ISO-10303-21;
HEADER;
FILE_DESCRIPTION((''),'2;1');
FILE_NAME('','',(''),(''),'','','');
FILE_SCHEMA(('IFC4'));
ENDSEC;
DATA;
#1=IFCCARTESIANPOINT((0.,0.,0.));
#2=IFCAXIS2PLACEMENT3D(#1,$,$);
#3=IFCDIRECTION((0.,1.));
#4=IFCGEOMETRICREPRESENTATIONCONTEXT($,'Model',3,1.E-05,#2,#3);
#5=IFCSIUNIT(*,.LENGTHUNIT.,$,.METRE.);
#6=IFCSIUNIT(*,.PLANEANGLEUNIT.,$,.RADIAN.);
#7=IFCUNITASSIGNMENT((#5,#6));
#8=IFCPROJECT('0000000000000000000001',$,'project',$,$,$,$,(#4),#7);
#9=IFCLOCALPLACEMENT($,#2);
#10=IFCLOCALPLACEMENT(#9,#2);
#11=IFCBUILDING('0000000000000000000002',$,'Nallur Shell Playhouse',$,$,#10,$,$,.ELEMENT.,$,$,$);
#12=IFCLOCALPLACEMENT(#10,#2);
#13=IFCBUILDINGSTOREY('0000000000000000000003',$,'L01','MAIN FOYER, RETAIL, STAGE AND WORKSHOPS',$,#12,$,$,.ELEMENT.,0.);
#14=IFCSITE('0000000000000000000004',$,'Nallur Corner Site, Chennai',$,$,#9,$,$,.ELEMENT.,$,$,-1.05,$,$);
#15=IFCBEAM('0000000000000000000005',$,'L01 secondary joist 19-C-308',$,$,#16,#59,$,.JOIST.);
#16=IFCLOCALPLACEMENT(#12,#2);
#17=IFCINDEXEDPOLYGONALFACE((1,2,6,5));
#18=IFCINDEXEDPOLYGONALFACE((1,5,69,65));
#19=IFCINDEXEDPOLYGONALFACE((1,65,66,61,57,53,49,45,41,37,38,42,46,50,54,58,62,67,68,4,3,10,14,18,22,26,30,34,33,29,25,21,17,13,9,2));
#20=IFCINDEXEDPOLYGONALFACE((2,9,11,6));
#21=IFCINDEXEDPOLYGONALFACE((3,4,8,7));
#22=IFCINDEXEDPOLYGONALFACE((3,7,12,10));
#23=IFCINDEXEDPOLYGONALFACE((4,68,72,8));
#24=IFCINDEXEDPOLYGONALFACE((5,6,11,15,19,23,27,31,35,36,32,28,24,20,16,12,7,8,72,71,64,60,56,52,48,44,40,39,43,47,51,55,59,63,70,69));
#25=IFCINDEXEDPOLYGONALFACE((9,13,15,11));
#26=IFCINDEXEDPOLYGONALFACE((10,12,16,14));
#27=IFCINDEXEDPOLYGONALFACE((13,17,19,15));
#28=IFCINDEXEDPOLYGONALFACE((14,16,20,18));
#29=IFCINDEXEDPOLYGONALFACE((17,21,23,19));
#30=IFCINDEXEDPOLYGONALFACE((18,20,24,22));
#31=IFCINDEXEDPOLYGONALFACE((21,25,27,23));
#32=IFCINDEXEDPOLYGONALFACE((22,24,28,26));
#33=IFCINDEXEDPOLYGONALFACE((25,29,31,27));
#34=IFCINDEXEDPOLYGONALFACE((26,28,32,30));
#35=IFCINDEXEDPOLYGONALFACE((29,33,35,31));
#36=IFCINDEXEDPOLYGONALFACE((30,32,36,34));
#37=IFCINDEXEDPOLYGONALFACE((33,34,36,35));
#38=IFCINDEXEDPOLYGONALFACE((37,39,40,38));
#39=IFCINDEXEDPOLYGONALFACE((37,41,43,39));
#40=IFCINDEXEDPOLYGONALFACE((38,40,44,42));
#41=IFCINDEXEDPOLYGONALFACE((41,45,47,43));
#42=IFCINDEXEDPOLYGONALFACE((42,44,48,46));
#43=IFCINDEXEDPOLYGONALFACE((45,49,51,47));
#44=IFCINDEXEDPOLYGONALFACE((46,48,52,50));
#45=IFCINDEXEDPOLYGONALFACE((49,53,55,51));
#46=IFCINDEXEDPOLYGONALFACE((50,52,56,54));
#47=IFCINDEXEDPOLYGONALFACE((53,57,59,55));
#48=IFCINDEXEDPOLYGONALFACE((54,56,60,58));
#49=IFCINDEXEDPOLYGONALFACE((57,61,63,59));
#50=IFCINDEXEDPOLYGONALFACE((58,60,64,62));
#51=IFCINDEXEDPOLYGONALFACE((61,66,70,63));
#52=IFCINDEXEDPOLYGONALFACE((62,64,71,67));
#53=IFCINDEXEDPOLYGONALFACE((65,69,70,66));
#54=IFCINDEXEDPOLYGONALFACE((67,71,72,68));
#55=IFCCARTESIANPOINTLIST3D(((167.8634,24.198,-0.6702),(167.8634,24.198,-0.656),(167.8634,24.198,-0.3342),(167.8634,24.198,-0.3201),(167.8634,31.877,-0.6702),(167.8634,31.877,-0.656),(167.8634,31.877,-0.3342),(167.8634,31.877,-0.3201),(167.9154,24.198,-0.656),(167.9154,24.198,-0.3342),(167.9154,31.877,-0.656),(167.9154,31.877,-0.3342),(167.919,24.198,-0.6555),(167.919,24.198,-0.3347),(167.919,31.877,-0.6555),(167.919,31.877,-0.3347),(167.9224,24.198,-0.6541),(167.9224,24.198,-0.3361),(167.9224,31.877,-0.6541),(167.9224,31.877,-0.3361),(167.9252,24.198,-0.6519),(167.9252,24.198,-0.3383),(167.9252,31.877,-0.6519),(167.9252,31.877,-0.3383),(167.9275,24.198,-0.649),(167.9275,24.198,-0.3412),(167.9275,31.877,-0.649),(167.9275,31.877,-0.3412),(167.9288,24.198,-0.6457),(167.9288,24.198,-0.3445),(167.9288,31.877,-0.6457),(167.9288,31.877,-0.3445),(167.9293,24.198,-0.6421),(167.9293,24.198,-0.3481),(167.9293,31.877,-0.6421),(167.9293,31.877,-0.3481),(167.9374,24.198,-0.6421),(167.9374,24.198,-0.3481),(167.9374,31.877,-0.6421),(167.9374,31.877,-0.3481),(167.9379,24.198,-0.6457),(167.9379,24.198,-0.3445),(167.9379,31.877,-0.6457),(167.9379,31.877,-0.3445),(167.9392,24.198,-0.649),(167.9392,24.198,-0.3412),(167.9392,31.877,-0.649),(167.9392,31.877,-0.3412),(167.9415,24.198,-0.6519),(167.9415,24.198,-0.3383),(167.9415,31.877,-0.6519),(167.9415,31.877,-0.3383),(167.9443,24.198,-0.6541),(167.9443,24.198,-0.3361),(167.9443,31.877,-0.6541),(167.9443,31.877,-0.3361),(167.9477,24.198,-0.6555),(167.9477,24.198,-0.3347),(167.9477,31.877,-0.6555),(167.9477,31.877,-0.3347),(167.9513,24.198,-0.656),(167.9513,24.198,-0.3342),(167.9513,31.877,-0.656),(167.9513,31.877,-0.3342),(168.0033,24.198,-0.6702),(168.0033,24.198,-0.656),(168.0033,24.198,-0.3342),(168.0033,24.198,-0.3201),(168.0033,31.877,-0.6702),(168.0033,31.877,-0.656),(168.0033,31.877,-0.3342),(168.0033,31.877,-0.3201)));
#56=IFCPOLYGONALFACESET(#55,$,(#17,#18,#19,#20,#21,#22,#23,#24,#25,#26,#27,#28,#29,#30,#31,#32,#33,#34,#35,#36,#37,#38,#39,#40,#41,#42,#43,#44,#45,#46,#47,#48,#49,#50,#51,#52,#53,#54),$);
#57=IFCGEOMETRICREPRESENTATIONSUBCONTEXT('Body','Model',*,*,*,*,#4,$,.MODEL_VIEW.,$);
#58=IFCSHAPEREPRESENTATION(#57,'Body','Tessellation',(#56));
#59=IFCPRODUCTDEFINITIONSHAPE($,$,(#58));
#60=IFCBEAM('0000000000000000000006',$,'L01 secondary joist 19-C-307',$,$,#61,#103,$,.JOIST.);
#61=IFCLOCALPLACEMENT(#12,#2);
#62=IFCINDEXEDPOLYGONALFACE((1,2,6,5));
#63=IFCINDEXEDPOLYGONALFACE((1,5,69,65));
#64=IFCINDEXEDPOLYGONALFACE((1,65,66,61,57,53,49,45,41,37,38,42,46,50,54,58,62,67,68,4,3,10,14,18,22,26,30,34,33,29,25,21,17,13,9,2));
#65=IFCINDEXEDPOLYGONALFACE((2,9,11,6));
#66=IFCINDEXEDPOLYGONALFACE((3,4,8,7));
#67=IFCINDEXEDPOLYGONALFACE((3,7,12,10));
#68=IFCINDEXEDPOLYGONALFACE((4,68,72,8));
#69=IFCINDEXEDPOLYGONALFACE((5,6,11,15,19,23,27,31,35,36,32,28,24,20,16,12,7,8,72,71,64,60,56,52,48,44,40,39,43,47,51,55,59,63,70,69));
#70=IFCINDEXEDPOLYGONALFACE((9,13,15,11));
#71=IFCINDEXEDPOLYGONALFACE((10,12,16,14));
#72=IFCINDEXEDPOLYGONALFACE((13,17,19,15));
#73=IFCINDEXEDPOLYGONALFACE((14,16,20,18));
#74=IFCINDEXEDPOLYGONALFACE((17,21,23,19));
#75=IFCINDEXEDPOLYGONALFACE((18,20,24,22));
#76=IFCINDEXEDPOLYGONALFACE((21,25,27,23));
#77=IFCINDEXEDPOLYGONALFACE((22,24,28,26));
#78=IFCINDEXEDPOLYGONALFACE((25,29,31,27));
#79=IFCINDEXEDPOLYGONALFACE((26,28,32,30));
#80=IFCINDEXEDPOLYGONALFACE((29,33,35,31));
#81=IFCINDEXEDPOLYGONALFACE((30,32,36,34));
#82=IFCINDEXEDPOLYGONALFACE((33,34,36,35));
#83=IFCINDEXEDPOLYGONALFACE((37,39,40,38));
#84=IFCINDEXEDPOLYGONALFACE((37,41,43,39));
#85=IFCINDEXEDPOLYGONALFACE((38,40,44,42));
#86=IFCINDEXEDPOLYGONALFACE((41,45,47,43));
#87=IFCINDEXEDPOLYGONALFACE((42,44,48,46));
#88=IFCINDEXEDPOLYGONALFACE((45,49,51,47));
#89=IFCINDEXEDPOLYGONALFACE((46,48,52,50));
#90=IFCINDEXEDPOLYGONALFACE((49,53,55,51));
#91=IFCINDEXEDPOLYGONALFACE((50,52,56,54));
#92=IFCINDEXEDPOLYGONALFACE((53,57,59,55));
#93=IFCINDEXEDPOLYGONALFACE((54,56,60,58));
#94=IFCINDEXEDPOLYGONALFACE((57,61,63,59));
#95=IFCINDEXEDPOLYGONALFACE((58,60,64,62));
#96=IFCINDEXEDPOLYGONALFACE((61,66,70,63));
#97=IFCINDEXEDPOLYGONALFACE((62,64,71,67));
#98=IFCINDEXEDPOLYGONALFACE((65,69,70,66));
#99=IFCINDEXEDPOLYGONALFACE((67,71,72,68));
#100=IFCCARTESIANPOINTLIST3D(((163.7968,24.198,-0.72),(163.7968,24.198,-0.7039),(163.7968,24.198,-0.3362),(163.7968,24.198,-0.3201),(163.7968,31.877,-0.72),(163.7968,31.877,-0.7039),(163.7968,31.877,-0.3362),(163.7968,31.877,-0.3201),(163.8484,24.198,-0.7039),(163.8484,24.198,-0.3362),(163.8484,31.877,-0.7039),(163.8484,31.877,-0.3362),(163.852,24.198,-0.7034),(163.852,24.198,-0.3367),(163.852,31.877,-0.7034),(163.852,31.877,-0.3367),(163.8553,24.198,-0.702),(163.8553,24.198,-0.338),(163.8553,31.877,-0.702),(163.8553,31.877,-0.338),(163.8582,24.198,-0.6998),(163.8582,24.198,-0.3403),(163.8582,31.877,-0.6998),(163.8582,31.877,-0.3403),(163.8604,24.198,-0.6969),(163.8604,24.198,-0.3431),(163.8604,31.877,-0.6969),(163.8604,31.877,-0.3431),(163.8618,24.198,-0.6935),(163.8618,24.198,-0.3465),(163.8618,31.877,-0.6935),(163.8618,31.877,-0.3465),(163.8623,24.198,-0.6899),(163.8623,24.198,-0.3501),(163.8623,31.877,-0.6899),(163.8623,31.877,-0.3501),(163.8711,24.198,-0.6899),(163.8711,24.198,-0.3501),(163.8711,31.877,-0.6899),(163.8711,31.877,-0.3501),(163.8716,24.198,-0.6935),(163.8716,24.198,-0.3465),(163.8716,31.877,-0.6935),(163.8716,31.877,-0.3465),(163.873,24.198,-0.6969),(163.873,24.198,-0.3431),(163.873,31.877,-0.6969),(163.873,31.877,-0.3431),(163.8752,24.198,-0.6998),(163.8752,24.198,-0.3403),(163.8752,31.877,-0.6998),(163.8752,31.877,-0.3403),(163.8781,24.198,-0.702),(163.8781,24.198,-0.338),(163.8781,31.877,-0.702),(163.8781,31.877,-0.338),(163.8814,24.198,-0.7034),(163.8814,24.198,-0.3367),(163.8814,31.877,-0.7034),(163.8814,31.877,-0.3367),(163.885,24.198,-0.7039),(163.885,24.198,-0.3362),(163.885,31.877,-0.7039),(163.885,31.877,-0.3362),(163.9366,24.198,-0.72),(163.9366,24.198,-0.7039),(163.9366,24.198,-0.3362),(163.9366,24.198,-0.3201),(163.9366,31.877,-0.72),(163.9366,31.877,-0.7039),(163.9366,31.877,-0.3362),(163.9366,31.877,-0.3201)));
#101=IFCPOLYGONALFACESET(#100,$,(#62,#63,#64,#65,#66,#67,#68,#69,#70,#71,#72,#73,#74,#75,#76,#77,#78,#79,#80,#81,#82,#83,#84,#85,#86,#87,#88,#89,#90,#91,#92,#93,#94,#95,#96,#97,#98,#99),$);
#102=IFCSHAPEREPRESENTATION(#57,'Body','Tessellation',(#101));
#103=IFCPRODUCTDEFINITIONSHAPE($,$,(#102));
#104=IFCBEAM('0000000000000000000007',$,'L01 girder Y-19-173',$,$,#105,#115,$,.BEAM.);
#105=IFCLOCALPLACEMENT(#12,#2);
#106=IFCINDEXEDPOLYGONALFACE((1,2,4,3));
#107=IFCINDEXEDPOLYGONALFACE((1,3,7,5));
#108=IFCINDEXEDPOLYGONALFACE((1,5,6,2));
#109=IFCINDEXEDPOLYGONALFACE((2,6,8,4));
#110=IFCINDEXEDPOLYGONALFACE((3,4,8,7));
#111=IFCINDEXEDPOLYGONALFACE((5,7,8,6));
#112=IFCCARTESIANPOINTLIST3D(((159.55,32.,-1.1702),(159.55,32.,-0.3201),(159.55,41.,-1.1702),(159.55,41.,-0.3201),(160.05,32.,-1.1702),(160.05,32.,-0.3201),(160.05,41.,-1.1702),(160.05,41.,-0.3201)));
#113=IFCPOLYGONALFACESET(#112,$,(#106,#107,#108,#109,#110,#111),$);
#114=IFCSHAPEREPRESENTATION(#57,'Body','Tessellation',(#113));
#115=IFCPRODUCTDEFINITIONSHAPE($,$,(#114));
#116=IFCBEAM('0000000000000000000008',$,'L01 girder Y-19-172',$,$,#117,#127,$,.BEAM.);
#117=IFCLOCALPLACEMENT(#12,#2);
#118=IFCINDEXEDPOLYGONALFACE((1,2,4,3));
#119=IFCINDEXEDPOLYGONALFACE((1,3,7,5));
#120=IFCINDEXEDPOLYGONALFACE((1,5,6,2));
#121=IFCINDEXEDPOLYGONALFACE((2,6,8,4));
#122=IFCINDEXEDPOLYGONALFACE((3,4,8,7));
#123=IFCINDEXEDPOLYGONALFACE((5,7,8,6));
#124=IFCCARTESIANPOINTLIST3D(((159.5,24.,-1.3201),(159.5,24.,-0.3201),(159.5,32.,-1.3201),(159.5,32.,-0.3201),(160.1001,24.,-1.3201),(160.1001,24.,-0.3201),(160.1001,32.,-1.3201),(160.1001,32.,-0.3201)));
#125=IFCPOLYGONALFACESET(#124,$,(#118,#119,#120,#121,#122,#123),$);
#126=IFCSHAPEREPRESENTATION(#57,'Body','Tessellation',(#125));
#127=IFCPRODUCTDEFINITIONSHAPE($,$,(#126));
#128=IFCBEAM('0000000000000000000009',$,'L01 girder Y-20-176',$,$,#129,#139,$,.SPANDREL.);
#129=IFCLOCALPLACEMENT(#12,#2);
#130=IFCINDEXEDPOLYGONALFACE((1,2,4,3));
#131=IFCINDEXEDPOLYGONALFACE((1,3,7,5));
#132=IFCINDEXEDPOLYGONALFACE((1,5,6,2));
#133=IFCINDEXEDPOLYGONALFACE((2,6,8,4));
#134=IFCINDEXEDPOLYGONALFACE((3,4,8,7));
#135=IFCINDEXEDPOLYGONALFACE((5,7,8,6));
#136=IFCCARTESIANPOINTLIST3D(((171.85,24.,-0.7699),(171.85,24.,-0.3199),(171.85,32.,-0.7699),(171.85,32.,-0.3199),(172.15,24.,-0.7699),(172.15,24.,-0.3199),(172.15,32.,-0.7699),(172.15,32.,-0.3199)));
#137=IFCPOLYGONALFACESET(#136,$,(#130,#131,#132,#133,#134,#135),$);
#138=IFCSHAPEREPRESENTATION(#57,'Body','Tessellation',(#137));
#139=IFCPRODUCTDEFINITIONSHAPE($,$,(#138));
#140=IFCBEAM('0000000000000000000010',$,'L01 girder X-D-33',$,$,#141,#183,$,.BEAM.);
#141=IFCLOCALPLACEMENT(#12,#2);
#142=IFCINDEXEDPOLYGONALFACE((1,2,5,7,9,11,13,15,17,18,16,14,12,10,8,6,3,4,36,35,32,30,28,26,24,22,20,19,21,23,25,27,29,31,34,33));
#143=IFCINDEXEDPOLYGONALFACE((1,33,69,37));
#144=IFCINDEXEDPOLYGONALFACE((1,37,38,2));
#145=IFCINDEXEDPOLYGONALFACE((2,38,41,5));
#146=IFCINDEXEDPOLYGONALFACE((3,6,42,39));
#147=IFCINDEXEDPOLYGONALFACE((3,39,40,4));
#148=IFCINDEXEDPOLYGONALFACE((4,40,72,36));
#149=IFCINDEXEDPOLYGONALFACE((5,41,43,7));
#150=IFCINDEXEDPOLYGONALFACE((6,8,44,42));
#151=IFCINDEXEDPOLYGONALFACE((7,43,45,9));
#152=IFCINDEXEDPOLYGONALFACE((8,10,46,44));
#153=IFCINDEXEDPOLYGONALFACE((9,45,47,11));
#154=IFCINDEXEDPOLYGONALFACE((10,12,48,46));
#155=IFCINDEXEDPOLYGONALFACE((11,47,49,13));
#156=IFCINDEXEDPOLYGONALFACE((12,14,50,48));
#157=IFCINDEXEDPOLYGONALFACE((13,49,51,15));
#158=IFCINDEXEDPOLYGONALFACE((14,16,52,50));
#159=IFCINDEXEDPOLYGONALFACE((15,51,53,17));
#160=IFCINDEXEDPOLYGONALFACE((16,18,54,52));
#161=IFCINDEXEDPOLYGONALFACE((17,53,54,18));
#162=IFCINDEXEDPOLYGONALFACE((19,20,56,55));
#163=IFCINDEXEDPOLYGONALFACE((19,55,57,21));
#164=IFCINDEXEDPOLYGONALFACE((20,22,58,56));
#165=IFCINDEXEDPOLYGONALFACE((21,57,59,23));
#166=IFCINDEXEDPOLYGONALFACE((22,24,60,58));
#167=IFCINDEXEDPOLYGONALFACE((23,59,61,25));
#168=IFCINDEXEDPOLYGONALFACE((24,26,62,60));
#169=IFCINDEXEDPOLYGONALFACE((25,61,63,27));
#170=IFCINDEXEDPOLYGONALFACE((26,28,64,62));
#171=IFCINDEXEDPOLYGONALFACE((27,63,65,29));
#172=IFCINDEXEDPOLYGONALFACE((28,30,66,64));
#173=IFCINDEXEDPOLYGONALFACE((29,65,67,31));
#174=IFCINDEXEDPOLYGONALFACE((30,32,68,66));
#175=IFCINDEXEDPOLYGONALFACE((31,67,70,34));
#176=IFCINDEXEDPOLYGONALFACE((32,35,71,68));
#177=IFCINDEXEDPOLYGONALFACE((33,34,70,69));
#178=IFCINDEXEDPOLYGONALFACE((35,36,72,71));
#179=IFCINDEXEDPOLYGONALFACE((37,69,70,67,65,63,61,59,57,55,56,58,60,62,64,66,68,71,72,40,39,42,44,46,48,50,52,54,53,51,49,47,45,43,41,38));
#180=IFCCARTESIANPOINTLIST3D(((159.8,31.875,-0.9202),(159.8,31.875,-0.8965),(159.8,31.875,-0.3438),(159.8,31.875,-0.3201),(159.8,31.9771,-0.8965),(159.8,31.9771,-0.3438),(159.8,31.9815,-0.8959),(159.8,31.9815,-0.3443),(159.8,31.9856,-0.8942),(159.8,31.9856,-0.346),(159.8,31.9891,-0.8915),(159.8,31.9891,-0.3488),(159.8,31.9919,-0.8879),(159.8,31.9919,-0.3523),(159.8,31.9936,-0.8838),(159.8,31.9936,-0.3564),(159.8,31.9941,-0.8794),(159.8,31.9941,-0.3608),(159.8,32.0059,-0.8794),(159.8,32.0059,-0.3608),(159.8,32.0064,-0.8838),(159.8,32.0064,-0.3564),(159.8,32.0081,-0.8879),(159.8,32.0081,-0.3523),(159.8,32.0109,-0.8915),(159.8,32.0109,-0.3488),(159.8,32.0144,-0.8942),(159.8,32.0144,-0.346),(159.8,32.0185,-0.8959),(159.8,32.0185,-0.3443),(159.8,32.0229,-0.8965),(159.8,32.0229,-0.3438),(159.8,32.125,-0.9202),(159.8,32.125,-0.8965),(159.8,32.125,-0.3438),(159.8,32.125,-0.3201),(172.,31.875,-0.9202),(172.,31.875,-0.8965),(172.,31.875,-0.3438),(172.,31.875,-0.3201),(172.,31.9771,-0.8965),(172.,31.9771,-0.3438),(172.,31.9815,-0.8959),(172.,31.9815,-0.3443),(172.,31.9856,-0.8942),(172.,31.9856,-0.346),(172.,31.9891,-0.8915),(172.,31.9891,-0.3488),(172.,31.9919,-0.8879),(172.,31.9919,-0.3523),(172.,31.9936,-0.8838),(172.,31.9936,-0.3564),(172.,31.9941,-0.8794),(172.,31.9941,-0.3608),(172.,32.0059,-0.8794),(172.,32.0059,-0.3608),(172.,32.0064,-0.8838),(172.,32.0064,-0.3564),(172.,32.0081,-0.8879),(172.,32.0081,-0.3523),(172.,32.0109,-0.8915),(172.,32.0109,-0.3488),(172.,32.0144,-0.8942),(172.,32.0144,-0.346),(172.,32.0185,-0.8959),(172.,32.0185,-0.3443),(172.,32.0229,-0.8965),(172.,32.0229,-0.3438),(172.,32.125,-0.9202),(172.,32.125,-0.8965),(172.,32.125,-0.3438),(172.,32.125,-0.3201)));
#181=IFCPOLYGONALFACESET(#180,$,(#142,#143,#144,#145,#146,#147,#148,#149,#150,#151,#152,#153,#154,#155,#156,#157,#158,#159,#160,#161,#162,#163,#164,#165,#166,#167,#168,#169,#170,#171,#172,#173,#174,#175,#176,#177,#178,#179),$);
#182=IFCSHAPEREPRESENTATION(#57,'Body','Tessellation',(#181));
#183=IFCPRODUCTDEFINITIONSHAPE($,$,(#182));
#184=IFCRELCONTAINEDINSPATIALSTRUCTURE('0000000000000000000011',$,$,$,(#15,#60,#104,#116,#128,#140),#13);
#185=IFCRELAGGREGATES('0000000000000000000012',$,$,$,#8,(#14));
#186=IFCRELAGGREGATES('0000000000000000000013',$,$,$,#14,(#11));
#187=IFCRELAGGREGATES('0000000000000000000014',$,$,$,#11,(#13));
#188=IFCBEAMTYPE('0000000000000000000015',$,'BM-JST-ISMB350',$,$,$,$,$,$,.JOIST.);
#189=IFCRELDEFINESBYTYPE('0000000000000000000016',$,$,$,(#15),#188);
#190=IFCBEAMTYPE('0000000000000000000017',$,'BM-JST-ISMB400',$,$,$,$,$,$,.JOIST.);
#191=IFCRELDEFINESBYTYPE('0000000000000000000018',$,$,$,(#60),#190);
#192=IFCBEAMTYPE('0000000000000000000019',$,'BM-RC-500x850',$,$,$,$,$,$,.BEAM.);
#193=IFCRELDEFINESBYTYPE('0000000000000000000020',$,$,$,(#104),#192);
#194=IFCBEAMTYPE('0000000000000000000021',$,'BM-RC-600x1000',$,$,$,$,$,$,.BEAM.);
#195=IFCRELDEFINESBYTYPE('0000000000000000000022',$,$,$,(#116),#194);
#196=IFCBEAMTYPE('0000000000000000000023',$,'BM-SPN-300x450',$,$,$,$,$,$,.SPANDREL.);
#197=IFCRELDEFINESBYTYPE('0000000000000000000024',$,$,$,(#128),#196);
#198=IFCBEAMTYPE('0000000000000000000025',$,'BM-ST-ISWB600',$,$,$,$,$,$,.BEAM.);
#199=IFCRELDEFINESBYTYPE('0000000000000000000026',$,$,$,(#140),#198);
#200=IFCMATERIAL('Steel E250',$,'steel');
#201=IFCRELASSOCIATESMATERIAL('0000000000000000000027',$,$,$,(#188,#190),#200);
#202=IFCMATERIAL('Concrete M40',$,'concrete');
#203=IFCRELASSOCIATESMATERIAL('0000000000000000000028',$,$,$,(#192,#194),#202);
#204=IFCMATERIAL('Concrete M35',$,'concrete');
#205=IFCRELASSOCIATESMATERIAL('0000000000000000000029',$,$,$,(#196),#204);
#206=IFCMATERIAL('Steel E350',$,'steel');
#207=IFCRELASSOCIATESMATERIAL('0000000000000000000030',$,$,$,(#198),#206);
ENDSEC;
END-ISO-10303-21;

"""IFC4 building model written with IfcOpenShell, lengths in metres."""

from ifc_helpers import new_model, si_unit, direction, frame, origin, origin_2d, place, context, subcontext, project, spatial, rectangle, i_section, extrude, material, material_profile, profile_set, type_object, element, save


model = new_model("IFC4")

# Units and contexts
model_context = context("Model", 3, precision=1e-05, world=origin(), true_north=direction((0.0, 1.0)))
body_context = subcontext(model_context, "Body", "Model", "MODEL_VIEW")
ifc_project = project(units=[si_unit("LENGTHUNIT", "METRE"), si_unit("PLANEANGLEUNIT", "RADIAN")], contexts=[model_context])

# Site, building, storey
site_placement = place(None, origin())
site = spatial("IfcSite", under=ifc_project, at=site_placement, Name="Nallur Corner Site, Chennai", CompositionType="ELEMENT", RefElevation=-1.05)
building_placement = place(site_placement, origin())
building = spatial("IfcBuilding", under=site, at=building_placement, Name="Nallur Shell Playhouse", CompositionType="ELEMENT")
storey_placement = place(building_placement, origin())
storey = spatial("IfcBuildingStorey", under=building, at=storey_placement, Name="L01", Description="MAIN FOYER, RETAIL, STAGE AND WORKSHOPS", CompositionType="ELEMENT", Elevation=0.0)

# Shared definitions
ifc_material_1 = material(Name="Concrete M35", Category="concrete")
ifc_material_2 = material(Name="Steel E350", Category="steel")

# Beams
ifc_material_3 = material(Name="Steel E250", Category="steel")
ifc_material_profile_1 = material_profile(ifc_material_3, i_section(OverallWidth=0.1399, OverallDepth=0.3501, WebThickness=0.0081, FlangeThickness=0.0142, FilletRadius=0.0139, at=origin_2d()), Name="ISMB 350")
ifc_profile_set_1 = profile_set([ifc_material_profile_1], Name="Steel E250")
beam_type_1 = type_object("IfcBeamType", Name="BM-JST-ISMB350", PredefinedType="JOIST", material=ifc_profile_set_1)
beam_1_placement = place(storey_placement, frame((167.9333, 24.198, -0.4951), z_axis=(0.0, 1.0, 0.0), x_axis=(-1.0, 0.0, 0.0)))
element("IfcBeam", 1, at=beam_1_placement, inside=storey, type_object=beam_type_1, Name="L01 secondary joist 19-C-308", PredefinedType="JOIST", context=body_context, shape_type="SweptSolid", body=[
    extrude(i_section(OverallWidth=0.1399, OverallDepth=0.3501, WebThickness=0.0081, FlangeThickness=0.0142, FilletRadius=0.0139, at=origin_2d()), origin(), (0.0, 0.0, 1.0), 7.679),
])
ifc_material_profile_2 = material_profile(ifc_material_3, i_section(OverallWidth=0.1399, OverallDepth=0.3999, WebThickness=0.0088, FlangeThickness=0.0161, FilletRadius=0.0139, at=origin_2d()), Name="ISMB 400")
ifc_profile_set_2 = profile_set([ifc_material_profile_2], Name="Steel E250")
beam_type_2 = type_object("IfcBeamType", Name="BM-JST-ISMB400", PredefinedType="JOIST", material=ifc_profile_set_2)
beam_2_placement = place(storey_placement, frame((163.8667, 24.198, -0.52), z_axis=(0.0, 1.0, 0.0), x_axis=(-1.0, 0.0, 0.0)))
element("IfcBeam", 2, at=beam_2_placement, inside=storey, type_object=beam_type_2, Name="L01 secondary joist 19-C-307", PredefinedType="JOIST", context=body_context, shape_type="SweptSolid", body=[
    extrude(i_section(OverallWidth=0.1399, OverallDepth=0.3999, WebThickness=0.0088, FlangeThickness=0.0161, FilletRadius=0.0139, at=origin_2d()), origin(), (0.0, 0.0, 1.0), 7.679),
])
ifc_material_4 = material(Name="Concrete M40", Category="concrete")
ifc_material_profile_3 = material_profile(ifc_material_4, rectangle(XDim=0.5, YDim=0.8501, at=origin_2d()), Name="RC 500x850")
ifc_profile_set_3 = profile_set([ifc_material_profile_3], Name="Concrete M40")
beam_type_3 = type_object("IfcBeamType", Name="BM-RC-500x850", PredefinedType="BEAM", material=ifc_profile_set_3)
beam_3_placement = place(storey_placement, frame((159.8, 32.0, -0.7451), z_axis=(0.0, 1.0, 0.0), x_axis=(-1.0, 0.0, 0.0)))
element("IfcBeam", 3, at=beam_3_placement, inside=storey, type_object=beam_type_3, Name="L01 girder Y-19-173", PredefinedType="BEAM", context=body_context, shape_type="SweptSolid", body=[
    extrude(rectangle(XDim=0.5, YDim=0.8501, at=origin_2d()), origin(), (0.0, 0.0, 1.0), 9.0),
])
ifc_material_profile_4 = material_profile(ifc_material_4, rectangle(XDim=0.6001, YDim=1.0, at=origin_2d()), Name="RC 600x1000")
ifc_profile_set_4 = profile_set([ifc_material_profile_4], Name="Concrete M40")
beam_type_4 = type_object("IfcBeamType", Name="BM-RC-600x1000", PredefinedType="BEAM", material=ifc_profile_set_4)
beam_4_placement = place(storey_placement, frame((159.8, 24.0, -0.8201), z_axis=(0.0, 1.0, 0.0), x_axis=(-1.0, 0.0, 0.0)))
element("IfcBeam", 4, at=beam_4_placement, inside=storey, type_object=beam_type_4, Name="L01 girder Y-19-172", PredefinedType="BEAM", context=body_context, shape_type="SweptSolid", body=[
    extrude(rectangle(XDim=0.6001, YDim=1.0, at=origin_2d()), origin(), (0.0, 0.0, 1.0), 8.0),
])
ifc_material_profile_5 = material_profile(ifc_material_1, rectangle(XDim=0.3, YDim=0.45, at=origin_2d()), Name="RC 300x450")
ifc_profile_set_5 = profile_set([ifc_material_profile_5], Name="Concrete M35")
beam_type_5 = type_object("IfcBeamType", Name="BM-SPN-300x450", PredefinedType="SPANDREL", material=ifc_profile_set_5)
beam_5_placement = place(storey_placement, frame((172.0, 24.0, -0.5449), z_axis=(0.0, 1.0, 0.0), x_axis=(-1.0, 0.0, 0.0)))
element("IfcBeam", 5, at=beam_5_placement, inside=storey, type_object=beam_type_5, Name="L01 girder Y-20-176", PredefinedType="SPANDREL", context=body_context, shape_type="SweptSolid", body=[
    extrude(rectangle(XDim=0.3, YDim=0.45, at=origin_2d()), origin(), (0.0, 0.0, 1.0), 8.0),
])
ifc_material_profile_6 = material_profile(ifc_material_2, i_section(OverallWidth=0.25, OverallDepth=0.6001, WebThickness=0.0117, FlangeThickness=0.0237, FilletRadius=0.0171, at=origin_2d()), Name="ISWB 600")
ifc_profile_set_6 = profile_set([ifc_material_profile_6], Name="Steel E350")
beam_type_6 = type_object("IfcBeamType", Name="BM-ST-ISWB600", PredefinedType="BEAM", material=ifc_profile_set_6)
beam_6_placement = place(storey_placement, frame((159.8, 32.0, -0.6201), z_axis=(1.0, 0.0, 0.0), x_axis=(0.0, 1.0, 0.0)))
element("IfcBeam", 6, at=beam_6_placement, inside=storey, type_object=beam_type_6, Name="L01 girder X-D-33", PredefinedType="BEAM", context=body_context, shape_type="SweptSolid", body=[
    extrude(i_section(OverallWidth=0.25, OverallDepth=0.6001, WebThickness=0.0117, FlangeThickness=0.0237, FilletRadius=0.0171, at=origin_2d()), origin(), (0.0, 0.0, 1.0), 12.2),
])

save(model, "model.ifc")
